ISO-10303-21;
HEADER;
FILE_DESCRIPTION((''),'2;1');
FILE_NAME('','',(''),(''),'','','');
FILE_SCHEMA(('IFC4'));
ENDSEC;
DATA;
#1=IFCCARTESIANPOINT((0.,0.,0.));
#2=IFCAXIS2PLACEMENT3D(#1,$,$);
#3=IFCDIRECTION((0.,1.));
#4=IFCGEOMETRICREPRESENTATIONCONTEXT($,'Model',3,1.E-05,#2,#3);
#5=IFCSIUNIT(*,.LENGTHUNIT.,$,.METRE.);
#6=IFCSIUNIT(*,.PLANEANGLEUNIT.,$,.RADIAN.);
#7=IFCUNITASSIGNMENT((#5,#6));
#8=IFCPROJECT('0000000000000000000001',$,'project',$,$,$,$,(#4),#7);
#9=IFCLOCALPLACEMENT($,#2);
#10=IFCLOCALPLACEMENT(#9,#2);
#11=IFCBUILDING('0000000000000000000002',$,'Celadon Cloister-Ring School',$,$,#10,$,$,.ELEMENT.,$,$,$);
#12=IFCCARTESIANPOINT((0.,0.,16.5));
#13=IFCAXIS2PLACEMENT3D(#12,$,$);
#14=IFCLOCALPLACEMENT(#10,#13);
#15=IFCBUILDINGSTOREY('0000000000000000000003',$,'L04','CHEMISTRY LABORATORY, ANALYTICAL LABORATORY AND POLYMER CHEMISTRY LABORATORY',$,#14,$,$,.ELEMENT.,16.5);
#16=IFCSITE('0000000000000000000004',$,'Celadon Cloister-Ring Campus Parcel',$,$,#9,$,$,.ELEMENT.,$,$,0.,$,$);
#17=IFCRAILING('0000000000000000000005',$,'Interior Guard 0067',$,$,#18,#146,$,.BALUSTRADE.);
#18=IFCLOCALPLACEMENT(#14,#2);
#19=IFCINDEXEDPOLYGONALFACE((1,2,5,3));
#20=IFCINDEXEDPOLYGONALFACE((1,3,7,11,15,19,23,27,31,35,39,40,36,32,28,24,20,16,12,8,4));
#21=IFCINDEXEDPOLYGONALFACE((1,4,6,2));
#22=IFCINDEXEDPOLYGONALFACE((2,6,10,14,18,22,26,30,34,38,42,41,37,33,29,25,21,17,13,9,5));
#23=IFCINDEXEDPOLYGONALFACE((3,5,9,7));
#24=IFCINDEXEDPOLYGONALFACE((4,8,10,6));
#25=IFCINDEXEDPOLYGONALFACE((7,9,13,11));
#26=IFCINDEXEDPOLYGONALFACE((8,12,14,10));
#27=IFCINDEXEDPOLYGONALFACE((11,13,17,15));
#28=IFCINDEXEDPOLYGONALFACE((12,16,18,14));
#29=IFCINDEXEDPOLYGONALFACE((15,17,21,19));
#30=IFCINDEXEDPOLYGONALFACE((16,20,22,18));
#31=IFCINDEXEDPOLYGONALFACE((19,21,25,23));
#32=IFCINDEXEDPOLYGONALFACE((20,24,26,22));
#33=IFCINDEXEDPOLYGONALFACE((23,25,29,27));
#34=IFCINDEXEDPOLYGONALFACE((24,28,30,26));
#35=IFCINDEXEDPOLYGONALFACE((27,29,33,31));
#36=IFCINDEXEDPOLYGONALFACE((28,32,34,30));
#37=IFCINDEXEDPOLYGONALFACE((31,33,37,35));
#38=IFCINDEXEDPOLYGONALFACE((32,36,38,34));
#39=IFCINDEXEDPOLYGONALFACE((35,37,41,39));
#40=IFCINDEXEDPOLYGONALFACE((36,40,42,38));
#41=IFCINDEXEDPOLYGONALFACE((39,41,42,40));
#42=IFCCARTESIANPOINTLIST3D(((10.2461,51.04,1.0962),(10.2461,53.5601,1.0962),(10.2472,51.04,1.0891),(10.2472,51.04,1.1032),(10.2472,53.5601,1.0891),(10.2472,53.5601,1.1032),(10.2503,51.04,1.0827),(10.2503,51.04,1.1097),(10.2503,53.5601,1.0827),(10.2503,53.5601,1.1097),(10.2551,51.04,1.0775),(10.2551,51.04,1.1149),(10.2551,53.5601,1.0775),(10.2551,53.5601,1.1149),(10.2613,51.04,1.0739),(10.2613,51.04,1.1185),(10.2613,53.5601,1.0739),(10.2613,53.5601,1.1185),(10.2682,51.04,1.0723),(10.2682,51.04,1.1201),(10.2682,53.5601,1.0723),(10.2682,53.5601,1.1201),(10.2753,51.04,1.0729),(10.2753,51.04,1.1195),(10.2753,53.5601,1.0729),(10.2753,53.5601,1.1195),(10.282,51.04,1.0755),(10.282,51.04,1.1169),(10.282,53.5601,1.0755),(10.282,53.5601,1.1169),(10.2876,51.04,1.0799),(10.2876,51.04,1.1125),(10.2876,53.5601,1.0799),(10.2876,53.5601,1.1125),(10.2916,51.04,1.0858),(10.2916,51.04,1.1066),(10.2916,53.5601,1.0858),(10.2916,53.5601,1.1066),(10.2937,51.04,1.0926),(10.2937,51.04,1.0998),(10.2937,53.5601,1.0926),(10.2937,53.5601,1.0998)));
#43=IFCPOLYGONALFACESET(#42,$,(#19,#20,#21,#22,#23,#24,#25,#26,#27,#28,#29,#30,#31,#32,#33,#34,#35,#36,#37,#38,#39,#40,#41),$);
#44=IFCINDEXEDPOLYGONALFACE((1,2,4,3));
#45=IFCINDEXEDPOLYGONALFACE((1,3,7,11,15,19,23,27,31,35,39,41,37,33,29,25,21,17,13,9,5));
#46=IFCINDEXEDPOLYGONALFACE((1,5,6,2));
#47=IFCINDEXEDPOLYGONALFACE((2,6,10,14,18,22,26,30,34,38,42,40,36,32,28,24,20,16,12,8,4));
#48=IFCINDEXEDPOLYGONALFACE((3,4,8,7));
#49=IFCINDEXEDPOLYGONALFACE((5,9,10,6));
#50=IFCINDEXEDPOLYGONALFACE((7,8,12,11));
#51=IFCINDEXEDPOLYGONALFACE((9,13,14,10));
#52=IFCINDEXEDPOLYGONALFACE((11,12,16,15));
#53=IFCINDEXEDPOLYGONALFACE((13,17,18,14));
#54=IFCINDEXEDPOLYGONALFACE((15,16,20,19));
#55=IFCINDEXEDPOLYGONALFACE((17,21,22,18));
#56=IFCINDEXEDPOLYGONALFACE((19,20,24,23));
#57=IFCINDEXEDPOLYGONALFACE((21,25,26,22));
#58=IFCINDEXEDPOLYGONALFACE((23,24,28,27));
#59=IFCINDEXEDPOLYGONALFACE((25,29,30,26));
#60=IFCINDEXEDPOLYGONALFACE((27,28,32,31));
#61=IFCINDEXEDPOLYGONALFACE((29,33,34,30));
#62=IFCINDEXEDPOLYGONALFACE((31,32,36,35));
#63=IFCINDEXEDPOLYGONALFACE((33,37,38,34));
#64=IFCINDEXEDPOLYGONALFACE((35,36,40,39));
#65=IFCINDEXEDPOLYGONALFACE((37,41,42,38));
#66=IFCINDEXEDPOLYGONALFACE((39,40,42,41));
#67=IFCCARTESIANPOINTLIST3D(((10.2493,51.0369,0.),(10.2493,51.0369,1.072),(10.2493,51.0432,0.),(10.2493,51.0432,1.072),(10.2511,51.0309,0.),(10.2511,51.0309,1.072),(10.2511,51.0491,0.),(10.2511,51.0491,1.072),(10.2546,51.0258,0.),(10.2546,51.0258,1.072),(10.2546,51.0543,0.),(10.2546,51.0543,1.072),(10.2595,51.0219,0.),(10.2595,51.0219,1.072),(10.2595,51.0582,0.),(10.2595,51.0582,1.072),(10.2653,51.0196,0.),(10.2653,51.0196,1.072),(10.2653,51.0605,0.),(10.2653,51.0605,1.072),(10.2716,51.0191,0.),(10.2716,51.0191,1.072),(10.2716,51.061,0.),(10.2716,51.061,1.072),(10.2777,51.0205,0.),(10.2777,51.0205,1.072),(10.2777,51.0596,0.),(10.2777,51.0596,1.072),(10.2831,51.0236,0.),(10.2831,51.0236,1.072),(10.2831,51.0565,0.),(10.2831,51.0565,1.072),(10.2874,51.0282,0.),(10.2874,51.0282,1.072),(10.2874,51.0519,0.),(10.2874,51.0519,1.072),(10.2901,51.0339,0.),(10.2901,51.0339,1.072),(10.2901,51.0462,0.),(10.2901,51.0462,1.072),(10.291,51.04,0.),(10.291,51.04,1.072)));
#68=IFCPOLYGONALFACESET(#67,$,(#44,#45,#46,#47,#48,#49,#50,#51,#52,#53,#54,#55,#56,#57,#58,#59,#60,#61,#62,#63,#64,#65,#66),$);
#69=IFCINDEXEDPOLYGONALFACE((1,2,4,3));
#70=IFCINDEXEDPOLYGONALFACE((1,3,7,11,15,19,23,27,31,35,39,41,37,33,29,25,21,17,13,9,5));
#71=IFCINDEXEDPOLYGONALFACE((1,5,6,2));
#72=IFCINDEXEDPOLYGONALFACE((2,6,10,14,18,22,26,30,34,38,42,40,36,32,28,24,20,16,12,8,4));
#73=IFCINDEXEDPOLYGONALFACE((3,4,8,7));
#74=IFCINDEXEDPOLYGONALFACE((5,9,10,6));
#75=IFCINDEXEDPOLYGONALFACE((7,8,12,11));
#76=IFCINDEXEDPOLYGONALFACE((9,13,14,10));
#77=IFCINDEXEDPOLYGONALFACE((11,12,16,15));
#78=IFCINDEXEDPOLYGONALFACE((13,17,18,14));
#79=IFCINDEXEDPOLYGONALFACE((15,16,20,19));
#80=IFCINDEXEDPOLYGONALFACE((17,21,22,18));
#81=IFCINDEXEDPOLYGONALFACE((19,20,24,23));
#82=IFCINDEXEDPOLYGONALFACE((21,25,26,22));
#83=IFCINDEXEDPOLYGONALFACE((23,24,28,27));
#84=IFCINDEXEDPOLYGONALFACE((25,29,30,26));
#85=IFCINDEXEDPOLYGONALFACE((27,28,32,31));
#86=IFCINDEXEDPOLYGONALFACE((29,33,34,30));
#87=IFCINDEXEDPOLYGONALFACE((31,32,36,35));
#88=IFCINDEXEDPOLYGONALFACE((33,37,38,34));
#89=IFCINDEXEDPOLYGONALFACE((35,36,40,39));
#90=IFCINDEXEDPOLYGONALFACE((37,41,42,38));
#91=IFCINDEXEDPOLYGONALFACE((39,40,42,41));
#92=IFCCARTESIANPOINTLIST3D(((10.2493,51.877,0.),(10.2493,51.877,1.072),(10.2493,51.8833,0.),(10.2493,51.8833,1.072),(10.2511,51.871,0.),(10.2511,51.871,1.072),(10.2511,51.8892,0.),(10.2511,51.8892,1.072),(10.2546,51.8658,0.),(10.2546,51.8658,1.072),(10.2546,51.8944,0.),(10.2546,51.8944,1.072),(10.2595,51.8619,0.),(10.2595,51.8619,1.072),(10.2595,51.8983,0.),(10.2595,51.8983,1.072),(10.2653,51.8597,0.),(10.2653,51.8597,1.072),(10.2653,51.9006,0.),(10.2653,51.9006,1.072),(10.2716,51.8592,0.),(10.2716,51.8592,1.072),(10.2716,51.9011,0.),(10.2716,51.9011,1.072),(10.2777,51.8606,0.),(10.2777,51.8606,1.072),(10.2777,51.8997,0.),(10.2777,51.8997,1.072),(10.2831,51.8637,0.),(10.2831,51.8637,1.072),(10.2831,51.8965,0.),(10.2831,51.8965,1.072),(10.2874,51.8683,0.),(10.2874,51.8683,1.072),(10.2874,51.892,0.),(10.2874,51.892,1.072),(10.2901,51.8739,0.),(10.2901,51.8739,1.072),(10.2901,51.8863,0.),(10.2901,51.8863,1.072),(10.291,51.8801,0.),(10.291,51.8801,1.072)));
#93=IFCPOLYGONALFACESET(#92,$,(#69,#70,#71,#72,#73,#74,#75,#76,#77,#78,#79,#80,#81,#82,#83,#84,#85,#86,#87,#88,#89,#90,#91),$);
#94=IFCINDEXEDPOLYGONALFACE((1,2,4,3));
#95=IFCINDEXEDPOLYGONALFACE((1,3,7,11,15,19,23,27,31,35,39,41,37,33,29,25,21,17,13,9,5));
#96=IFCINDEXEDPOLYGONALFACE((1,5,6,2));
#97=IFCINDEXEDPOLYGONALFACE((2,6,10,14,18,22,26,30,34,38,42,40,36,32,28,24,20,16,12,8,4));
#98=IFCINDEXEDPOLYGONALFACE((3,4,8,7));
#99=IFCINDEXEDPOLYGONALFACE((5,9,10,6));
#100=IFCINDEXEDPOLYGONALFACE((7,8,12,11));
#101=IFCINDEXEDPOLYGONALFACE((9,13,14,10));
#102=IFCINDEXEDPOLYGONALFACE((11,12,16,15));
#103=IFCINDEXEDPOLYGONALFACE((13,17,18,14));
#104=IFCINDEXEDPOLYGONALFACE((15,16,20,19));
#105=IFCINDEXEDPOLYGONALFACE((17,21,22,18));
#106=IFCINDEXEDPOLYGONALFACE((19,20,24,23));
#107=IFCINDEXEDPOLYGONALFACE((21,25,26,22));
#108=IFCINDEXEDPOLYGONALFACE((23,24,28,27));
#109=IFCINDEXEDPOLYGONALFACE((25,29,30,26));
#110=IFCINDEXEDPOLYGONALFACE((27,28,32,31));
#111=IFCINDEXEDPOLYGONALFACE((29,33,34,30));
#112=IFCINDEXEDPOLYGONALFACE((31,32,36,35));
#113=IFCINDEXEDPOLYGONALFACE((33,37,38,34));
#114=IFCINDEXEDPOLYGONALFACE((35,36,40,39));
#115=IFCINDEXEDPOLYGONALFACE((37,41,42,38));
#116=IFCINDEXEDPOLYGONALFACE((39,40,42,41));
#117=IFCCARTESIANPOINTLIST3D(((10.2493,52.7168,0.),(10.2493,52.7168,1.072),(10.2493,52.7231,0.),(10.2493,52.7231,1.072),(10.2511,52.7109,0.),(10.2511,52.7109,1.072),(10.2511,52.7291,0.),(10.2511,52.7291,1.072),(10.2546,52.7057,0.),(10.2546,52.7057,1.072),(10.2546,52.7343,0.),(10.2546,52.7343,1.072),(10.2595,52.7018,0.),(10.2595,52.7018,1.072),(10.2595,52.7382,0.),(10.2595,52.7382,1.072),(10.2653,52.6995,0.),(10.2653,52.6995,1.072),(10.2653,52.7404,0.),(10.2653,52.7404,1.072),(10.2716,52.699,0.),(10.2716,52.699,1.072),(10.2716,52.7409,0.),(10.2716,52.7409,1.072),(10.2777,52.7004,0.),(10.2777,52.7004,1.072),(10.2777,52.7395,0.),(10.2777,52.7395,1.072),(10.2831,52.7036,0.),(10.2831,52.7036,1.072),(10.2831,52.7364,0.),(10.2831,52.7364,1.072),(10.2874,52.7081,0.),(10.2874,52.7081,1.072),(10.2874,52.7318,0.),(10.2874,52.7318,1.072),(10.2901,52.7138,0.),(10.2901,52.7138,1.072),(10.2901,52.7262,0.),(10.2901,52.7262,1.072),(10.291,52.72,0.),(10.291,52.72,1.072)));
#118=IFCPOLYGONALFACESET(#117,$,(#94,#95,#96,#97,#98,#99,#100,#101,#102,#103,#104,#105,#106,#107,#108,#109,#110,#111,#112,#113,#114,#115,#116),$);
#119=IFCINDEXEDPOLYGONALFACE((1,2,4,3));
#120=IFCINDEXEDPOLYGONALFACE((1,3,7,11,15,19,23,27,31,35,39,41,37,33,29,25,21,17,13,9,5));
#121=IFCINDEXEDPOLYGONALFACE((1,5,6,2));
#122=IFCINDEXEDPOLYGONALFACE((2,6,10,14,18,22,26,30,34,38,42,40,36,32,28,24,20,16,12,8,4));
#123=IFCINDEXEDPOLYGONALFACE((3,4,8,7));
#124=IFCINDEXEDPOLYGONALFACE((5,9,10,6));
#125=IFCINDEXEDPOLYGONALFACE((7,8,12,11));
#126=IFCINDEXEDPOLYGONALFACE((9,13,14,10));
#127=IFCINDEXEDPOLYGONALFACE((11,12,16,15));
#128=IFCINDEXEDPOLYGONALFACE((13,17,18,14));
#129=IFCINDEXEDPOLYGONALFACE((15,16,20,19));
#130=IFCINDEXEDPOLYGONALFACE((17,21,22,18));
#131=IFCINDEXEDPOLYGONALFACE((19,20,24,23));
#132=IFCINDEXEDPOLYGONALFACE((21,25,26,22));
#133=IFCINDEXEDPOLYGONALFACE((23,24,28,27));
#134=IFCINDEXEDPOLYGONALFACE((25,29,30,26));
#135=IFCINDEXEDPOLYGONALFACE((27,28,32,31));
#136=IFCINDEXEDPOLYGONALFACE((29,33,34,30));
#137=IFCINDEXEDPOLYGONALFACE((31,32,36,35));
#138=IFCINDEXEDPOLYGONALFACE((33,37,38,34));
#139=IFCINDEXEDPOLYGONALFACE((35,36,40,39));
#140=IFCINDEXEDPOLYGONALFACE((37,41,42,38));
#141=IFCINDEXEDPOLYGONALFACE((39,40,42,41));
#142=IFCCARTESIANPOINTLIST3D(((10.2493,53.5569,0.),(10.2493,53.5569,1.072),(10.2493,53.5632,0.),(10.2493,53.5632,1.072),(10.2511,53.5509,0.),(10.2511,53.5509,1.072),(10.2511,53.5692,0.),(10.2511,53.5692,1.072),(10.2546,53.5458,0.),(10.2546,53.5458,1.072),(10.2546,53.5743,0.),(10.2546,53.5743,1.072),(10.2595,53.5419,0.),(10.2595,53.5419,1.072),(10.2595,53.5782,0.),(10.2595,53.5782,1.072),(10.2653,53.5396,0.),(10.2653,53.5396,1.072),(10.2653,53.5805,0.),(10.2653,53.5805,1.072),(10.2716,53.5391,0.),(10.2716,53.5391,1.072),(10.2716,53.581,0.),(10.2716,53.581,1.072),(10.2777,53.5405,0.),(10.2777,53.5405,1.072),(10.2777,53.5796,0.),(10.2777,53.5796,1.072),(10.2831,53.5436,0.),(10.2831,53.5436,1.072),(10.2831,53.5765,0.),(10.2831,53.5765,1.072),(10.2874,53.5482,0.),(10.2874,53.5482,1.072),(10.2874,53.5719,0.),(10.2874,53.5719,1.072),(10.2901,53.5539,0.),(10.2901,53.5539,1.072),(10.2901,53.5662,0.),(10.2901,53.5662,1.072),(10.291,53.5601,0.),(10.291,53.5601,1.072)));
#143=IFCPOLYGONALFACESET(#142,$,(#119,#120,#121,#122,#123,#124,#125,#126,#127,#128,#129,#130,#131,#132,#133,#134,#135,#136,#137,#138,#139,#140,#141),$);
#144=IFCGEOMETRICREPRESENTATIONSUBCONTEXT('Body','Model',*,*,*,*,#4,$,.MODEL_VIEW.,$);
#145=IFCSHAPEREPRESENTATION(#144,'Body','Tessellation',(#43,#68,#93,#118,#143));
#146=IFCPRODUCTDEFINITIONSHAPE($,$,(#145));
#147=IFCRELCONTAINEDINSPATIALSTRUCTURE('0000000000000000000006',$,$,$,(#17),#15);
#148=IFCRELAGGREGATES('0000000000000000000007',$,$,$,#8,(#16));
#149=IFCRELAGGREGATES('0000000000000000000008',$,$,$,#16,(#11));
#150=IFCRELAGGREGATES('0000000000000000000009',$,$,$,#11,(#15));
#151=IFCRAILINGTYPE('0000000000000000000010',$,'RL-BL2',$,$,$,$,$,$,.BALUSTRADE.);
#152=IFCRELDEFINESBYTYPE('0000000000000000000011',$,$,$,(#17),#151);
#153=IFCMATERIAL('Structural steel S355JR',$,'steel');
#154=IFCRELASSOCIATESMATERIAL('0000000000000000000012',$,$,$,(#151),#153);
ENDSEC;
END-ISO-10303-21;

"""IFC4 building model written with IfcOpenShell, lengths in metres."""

from ifc_helpers import new_model, si_unit, direction, frame, origin, origin_2d, place, context, subcontext, project, spatial, circle, extrude, material, type_object, element, save


model = new_model("IFC4")

# Units and contexts
model_context = context("Model", 3, precision=1e-05, world=origin(), true_north=direction((0.0, 1.0)))
body_context = subcontext(model_context, "Body", "Model", "MODEL_VIEW")
ifc_project = project(units=[si_unit("LENGTHUNIT", "METRE"), si_unit("PLANEANGLEUNIT", "RADIAN")], contexts=[model_context])

# Site, building, storey
site_placement = place(None, origin())
site = spatial("IfcSite", under=ifc_project, at=site_placement, Name="Celadon Cloister-Ring Campus Parcel", CompositionType="ELEMENT", RefElevation=0.0)
building_placement = place(site_placement, origin())
building = spatial("IfcBuilding", under=site, at=building_placement, Name="Celadon Cloister-Ring School", CompositionType="ELEMENT")
storey_placement = place(building_placement, frame((0.0, 0.0, 16.5)))
storey = spatial("IfcBuildingStorey", under=building, at=storey_placement, Name="L04", Description="CHEMISTRY LABORATORY, ANALYTICAL LABORATORY AND POLYMER CHEMISTRY LABORATORY", CompositionType="ELEMENT", Elevation=16.5)

# Railing
ifc_material_1 = material(Name="Structural steel S355JR", Category="steel")
railing_type_1 = type_object("IfcRailingType", Name="RL-BL2", PredefinedType="BALUSTRADE", material=ifc_material_1)
railing_1_placement = place(storey_placement, frame((10.27, 51.04, 0.0)))
element("IfcRailing", 1, at=railing_1_placement, inside=storey, type_object=railing_type_1, Name="Interior Guard 0067", PredefinedType="BALUSTRADE", context=body_context, shape_type="SweptSolid", body=[
    extrude(circle(Radius=0.0239, at=origin_2d()), frame((0.0, 0.0, 1.0962), z_axis=(0.0, 1.0, 0.0), x_axis=(-1.0, 0.0, 0.0)), (0.0, 0.0, 1.0), 2.52),
    extrude(circle(Radius=0.021, at=origin_2d()), origin(), (0.0, 0.0, 1.0), 1.072),
    extrude(circle(Radius=0.021, at=origin_2d()), frame((0.0, 0.8401, 0.0)), (0.0, 0.0, 1.0), 1.072),
    extrude(circle(Radius=0.021, at=origin_2d()), frame((0.0, 1.6799, 0.0)), (0.0, 0.0, 1.0), 1.072),
    extrude(circle(Radius=0.021, at=origin_2d()), frame((0.0, 2.52, 0.0)), (0.0, 0.0, 1.0), 1.072),
])

save(model, "model.ifc")
